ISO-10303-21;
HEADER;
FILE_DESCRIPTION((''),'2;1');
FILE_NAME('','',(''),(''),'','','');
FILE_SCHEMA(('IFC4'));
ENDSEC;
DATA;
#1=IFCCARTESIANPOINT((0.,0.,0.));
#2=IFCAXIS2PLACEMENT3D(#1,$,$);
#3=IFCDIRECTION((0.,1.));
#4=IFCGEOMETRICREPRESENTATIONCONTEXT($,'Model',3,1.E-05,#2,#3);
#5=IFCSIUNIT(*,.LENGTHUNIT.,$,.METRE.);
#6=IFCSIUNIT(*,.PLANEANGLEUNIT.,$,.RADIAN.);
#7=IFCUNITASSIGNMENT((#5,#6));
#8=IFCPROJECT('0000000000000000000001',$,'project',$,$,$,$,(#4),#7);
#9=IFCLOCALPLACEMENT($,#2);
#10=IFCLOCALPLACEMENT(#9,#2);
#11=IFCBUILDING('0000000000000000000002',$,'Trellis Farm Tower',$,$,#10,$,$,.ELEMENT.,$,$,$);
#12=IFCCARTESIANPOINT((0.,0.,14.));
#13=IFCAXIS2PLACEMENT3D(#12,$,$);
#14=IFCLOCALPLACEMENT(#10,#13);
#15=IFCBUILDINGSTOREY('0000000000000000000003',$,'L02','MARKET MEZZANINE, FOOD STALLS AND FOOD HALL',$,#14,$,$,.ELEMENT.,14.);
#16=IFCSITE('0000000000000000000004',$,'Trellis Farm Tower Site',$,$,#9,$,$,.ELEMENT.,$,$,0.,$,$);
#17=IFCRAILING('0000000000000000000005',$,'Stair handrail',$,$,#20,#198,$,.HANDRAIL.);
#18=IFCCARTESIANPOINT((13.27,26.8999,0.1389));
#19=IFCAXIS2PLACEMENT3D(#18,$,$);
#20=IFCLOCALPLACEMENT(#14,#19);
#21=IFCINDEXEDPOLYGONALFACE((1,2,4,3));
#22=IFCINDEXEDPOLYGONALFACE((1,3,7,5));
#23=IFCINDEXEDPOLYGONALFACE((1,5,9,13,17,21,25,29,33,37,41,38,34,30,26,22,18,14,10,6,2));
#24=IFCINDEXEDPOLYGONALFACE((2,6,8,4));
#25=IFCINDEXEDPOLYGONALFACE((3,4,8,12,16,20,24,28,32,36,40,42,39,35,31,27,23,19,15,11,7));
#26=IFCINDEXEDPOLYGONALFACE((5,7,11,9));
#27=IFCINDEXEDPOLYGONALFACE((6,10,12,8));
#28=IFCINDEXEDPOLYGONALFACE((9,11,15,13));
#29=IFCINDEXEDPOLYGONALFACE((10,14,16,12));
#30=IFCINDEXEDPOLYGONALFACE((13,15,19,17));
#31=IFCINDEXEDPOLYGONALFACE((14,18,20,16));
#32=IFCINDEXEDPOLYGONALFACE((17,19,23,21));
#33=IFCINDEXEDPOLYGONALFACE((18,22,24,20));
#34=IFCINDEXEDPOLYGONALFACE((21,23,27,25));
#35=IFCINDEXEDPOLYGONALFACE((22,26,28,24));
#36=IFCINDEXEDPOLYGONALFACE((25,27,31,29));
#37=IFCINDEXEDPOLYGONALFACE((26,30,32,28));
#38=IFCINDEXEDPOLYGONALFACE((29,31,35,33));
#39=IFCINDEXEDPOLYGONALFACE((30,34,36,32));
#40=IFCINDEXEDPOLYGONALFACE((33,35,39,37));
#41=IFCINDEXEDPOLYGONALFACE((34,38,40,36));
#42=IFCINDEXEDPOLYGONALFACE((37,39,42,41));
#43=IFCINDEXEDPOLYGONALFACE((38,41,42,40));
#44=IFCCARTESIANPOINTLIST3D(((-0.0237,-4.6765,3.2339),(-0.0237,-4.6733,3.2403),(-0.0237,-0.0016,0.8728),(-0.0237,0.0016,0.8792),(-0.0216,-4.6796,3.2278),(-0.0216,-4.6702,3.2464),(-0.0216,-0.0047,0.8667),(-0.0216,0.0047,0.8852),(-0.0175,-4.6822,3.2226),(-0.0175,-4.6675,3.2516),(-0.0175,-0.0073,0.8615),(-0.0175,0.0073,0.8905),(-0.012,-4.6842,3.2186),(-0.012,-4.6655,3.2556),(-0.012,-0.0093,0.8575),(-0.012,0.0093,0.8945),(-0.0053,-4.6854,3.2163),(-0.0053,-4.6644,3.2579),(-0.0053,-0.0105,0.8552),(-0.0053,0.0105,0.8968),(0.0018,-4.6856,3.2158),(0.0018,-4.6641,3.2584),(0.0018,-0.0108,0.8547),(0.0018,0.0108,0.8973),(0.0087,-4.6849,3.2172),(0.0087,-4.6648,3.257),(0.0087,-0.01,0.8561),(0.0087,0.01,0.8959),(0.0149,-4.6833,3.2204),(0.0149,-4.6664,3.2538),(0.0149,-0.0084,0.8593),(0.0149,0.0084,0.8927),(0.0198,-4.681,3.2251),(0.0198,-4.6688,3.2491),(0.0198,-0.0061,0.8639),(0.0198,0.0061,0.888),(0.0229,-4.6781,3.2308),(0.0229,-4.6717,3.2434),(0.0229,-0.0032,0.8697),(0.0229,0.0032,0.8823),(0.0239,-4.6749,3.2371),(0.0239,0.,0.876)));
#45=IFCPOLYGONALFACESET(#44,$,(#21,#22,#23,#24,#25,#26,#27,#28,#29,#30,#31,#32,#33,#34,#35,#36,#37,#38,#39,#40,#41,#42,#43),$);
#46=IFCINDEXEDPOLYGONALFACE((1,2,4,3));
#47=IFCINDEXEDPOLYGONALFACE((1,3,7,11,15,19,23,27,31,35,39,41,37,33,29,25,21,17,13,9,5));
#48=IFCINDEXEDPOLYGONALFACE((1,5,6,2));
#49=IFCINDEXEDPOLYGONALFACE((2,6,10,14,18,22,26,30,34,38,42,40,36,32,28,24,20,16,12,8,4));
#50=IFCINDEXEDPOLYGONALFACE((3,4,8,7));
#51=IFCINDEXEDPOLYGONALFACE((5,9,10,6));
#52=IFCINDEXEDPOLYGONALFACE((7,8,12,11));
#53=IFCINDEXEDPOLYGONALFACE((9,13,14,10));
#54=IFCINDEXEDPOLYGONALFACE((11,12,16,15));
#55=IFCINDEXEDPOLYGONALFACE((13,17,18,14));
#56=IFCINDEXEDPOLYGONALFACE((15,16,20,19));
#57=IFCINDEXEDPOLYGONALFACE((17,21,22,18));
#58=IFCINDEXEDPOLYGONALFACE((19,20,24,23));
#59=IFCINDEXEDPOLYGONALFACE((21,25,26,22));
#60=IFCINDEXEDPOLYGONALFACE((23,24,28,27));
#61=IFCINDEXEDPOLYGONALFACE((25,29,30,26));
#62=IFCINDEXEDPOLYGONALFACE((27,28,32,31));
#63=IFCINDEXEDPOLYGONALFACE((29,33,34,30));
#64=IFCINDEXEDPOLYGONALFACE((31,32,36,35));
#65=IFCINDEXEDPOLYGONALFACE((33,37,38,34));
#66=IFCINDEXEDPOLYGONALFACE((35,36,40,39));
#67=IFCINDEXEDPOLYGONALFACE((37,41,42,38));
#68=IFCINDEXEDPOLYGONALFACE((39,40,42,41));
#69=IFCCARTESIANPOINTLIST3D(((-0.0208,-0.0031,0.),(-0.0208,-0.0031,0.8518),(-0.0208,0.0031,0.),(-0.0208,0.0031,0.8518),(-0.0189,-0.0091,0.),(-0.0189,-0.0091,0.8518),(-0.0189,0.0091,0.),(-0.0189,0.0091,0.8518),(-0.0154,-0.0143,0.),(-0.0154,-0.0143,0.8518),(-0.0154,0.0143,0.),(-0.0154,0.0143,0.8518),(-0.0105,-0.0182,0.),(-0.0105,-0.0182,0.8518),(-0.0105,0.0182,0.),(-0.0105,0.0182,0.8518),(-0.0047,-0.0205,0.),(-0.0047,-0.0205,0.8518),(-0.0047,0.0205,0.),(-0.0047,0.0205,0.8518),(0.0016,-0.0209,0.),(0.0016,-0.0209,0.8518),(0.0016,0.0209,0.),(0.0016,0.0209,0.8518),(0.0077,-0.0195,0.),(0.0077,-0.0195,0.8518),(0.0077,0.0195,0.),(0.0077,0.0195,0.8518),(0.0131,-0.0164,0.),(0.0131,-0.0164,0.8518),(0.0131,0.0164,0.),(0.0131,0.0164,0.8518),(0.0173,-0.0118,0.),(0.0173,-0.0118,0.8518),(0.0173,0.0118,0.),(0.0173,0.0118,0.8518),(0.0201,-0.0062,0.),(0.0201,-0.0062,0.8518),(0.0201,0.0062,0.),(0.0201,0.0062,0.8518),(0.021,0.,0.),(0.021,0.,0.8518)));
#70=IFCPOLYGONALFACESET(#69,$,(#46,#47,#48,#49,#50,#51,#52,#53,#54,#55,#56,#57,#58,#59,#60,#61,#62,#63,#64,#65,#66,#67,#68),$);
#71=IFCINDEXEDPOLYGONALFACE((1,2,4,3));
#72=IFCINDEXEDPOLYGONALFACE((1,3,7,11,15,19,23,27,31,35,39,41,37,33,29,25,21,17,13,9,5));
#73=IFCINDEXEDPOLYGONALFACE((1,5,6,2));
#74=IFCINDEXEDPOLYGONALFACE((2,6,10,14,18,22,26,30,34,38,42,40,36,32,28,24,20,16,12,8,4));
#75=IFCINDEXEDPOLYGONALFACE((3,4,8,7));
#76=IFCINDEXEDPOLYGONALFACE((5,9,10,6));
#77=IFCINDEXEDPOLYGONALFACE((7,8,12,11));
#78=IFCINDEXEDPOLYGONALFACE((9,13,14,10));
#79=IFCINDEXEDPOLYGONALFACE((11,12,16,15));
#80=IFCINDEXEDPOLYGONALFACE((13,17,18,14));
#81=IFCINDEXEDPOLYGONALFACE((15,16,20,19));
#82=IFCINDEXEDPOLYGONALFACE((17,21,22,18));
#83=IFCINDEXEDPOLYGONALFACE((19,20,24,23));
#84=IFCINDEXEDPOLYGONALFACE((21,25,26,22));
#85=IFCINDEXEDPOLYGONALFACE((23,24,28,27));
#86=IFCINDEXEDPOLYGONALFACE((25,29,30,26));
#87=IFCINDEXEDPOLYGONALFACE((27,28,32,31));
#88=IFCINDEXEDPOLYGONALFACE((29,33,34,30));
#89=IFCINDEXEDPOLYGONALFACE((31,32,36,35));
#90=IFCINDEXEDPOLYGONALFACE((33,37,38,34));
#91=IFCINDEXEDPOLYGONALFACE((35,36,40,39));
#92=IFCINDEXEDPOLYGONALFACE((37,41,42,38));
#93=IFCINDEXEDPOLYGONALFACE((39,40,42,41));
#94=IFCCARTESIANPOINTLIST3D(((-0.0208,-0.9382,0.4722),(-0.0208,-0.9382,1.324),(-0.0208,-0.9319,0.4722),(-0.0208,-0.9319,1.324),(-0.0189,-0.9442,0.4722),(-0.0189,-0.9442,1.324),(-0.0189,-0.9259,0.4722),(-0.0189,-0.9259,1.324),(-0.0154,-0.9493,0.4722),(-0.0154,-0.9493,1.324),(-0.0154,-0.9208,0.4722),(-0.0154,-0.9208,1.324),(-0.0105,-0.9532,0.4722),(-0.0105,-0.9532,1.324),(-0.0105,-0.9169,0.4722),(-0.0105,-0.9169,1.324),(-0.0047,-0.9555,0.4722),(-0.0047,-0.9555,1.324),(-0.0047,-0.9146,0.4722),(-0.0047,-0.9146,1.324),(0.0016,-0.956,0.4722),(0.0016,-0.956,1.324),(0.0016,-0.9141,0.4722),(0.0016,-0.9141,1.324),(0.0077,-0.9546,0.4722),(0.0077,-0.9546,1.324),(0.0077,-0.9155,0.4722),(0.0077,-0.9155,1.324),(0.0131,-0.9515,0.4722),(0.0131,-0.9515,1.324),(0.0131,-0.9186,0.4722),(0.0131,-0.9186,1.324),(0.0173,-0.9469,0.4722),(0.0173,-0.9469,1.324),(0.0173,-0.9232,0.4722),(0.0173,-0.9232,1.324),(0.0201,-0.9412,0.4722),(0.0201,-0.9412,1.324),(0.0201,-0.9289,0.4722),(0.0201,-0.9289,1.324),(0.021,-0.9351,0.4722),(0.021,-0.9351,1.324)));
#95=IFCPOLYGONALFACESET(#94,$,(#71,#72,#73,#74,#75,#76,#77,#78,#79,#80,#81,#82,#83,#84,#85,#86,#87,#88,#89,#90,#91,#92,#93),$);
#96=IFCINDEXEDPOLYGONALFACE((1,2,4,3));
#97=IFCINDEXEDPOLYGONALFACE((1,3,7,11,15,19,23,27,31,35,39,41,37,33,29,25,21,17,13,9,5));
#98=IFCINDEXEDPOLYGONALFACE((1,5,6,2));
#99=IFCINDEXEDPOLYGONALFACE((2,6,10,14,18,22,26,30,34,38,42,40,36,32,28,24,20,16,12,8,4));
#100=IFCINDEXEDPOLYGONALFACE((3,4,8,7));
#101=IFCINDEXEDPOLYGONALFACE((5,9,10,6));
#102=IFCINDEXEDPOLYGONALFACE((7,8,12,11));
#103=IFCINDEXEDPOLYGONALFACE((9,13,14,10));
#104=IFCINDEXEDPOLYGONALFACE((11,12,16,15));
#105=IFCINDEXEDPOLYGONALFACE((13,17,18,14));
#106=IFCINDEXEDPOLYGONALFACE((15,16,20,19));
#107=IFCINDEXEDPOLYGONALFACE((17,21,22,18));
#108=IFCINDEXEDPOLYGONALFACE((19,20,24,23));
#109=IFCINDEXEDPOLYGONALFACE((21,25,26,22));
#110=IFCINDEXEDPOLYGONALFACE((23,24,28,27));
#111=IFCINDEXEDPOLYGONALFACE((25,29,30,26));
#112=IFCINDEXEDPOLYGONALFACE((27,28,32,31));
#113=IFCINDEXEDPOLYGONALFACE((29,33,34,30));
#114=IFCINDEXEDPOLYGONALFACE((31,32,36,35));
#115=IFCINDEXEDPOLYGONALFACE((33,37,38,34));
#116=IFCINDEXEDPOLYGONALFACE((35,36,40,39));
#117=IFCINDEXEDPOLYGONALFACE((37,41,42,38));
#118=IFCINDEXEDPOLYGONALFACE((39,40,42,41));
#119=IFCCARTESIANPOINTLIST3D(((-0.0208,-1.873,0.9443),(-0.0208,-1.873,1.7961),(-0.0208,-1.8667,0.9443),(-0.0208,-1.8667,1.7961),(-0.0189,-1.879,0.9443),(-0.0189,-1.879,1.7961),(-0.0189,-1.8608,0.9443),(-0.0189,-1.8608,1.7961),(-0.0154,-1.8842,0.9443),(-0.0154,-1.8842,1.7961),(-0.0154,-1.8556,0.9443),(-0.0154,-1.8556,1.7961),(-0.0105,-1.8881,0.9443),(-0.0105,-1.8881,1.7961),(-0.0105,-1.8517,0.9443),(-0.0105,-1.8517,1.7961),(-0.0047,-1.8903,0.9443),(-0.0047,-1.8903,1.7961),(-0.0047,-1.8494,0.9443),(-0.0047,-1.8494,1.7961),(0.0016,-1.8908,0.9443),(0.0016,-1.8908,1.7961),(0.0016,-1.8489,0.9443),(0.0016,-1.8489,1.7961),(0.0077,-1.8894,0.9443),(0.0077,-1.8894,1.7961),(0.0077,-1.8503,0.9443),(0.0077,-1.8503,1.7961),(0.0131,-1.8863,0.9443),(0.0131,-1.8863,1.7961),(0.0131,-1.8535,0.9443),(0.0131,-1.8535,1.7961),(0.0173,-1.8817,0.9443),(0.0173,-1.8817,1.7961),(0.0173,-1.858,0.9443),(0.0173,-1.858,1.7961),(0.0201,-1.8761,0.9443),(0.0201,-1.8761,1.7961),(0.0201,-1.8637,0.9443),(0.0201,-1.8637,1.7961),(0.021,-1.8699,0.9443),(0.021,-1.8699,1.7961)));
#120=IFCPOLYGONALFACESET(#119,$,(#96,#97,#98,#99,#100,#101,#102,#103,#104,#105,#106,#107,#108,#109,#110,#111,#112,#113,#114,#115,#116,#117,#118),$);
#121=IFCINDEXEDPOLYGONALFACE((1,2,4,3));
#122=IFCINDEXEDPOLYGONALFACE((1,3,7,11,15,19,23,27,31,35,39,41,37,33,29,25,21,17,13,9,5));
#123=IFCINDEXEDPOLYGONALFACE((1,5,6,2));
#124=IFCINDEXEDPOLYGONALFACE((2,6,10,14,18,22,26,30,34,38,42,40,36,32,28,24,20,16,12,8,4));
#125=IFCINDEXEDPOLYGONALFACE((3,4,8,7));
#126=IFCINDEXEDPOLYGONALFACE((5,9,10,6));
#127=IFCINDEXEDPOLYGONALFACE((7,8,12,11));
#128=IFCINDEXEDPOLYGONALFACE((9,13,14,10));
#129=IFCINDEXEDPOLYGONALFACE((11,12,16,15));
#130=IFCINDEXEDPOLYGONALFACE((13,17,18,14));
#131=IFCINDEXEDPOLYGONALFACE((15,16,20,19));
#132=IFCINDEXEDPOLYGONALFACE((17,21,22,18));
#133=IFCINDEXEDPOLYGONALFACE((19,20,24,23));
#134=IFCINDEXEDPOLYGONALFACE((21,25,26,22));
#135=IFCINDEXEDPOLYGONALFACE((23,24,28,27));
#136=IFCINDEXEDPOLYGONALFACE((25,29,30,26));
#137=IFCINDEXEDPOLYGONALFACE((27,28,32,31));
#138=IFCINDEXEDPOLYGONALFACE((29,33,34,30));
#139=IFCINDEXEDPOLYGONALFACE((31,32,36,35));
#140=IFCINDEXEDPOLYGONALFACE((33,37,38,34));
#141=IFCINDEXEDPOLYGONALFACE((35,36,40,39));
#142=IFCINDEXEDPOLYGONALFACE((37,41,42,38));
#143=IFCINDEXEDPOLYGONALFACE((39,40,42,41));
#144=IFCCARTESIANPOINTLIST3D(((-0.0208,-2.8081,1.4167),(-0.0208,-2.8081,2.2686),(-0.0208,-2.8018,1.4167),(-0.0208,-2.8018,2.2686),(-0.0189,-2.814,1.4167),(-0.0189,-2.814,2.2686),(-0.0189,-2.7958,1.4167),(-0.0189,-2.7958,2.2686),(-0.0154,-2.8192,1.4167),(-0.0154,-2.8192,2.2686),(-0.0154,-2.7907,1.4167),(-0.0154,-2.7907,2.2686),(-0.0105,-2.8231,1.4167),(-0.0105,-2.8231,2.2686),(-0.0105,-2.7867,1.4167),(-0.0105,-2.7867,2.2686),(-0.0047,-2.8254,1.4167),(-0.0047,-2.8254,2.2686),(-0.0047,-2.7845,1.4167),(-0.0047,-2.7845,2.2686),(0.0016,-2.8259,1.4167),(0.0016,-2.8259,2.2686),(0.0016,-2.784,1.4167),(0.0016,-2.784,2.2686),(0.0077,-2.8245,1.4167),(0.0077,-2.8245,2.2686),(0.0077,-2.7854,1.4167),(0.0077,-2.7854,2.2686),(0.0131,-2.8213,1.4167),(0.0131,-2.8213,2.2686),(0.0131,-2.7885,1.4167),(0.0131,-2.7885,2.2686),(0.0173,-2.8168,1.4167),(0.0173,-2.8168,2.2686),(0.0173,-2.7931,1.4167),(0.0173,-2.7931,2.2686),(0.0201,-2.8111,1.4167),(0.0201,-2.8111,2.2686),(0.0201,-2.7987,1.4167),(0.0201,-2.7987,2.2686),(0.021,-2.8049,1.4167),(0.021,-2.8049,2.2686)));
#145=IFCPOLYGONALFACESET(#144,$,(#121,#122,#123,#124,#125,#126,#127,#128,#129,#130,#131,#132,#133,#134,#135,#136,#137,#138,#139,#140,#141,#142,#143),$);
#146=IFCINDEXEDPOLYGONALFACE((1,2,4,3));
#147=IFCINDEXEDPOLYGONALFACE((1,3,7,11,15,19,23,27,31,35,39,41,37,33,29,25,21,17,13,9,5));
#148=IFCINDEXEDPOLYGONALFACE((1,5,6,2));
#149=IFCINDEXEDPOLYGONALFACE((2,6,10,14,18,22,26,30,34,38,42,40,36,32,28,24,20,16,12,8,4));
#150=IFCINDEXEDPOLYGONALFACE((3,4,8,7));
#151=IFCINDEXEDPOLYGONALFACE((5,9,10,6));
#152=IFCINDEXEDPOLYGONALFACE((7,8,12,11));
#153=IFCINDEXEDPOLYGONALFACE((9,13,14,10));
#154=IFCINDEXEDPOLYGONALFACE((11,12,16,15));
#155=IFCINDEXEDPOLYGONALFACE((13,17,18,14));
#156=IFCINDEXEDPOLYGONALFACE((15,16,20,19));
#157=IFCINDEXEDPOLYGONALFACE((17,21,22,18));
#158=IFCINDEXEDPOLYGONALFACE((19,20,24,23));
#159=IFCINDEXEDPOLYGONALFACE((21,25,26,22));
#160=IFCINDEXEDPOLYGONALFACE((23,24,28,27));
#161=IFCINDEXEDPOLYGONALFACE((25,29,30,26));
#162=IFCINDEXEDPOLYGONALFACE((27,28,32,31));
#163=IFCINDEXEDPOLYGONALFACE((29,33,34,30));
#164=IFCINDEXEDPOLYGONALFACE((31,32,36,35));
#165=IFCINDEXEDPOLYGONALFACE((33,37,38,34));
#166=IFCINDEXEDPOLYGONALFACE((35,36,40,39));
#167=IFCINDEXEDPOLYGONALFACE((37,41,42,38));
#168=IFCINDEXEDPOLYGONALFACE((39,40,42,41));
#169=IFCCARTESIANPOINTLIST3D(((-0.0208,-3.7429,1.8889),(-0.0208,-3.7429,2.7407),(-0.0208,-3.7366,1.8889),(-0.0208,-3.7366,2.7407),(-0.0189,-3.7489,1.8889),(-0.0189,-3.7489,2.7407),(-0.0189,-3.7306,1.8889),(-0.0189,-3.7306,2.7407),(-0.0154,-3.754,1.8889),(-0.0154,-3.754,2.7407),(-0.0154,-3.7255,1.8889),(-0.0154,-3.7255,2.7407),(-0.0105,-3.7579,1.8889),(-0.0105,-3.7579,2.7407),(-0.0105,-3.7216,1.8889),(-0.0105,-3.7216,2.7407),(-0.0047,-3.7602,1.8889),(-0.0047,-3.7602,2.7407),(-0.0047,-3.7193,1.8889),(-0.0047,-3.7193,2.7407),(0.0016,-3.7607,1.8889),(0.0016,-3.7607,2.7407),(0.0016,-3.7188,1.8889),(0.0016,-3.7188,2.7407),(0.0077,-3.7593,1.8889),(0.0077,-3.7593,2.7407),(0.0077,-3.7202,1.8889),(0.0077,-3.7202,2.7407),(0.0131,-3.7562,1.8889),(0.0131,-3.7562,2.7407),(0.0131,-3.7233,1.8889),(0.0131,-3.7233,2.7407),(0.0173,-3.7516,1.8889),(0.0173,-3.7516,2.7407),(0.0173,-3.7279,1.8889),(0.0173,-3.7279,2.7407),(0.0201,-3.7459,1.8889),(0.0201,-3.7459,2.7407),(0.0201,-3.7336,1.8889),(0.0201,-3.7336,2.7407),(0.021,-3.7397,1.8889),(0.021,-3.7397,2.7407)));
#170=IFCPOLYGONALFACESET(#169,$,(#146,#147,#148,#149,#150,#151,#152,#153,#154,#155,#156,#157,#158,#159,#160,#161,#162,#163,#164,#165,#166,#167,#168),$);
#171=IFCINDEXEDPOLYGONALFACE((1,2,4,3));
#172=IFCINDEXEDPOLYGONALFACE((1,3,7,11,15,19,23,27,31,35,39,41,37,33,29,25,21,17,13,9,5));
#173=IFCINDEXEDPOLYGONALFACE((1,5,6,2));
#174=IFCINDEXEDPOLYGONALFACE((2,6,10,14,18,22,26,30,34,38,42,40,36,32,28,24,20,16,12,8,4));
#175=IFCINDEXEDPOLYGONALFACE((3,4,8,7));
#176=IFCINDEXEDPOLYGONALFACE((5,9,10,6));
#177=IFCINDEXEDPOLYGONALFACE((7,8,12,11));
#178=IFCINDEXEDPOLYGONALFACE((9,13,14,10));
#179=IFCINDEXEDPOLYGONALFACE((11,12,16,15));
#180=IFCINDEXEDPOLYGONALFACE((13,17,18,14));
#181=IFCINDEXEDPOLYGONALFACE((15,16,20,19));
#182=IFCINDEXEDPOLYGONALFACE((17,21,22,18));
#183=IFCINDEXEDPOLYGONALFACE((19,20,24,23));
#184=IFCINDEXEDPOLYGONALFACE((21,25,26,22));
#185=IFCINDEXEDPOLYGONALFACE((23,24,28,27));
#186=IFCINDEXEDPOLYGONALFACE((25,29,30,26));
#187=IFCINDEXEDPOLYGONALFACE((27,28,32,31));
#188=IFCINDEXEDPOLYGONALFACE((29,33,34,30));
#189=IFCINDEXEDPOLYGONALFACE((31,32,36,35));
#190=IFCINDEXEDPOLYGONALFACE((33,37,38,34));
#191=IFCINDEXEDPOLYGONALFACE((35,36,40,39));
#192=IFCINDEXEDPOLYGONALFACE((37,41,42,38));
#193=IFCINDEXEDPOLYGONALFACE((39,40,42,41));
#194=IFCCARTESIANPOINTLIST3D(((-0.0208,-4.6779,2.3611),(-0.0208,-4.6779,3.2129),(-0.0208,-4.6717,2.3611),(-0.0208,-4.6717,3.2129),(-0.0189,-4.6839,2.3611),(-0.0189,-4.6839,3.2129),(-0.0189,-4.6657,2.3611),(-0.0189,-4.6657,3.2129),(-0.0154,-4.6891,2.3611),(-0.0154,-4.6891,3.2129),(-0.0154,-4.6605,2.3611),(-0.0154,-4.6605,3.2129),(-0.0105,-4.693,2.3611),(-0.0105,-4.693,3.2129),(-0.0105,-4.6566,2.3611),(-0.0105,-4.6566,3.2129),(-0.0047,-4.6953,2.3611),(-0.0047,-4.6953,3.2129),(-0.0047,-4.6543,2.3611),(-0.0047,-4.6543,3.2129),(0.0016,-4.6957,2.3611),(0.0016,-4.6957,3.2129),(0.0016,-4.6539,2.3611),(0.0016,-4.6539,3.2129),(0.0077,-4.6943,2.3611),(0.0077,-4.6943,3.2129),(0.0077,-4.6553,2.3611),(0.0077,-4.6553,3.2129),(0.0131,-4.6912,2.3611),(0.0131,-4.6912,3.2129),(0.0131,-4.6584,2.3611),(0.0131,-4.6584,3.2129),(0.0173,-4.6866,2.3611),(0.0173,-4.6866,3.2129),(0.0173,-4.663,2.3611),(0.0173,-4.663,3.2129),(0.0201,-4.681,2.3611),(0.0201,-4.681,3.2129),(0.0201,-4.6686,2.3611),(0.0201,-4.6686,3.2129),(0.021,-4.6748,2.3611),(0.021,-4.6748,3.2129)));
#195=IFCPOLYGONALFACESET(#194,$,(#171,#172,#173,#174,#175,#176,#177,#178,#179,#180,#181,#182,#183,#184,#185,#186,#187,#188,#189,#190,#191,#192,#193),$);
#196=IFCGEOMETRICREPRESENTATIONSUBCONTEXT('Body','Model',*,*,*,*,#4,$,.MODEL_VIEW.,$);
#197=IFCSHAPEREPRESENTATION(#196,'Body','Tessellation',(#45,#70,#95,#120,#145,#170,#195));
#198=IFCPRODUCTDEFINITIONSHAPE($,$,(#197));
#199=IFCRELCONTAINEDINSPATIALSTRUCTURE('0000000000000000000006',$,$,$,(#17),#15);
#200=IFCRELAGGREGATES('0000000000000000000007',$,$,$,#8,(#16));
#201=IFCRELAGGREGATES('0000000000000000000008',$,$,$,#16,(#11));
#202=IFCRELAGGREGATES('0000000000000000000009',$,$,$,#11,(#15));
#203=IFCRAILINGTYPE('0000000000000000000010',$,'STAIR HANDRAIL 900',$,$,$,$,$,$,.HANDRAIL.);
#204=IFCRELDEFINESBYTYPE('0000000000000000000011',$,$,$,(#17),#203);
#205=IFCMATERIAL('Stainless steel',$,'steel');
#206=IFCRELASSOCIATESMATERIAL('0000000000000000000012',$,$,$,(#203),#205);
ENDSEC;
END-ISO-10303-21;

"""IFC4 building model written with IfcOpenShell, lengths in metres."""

from ifc_helpers import new_model, si_unit, direction, frame, origin, origin_2d, place, context, subcontext, project, spatial, circle, extrude, source, transform, mapped, material, type_object, element, save


model = new_model("IFC4")

# Units and contexts
model_context = context("Model", 3, precision=1e-05, world=origin(), true_north=direction((0.0, 1.0)))
body_context = subcontext(model_context, "Body", "Model", "MODEL_VIEW")
ifc_project = project(units=[si_unit("LENGTHUNIT", "METRE"), si_unit("PLANEANGLEUNIT", "RADIAN")], contexts=[model_context])

# Site, building, storey
site_placement = place(None, origin())
site = spatial("IfcSite", under=ifc_project, at=site_placement, Name="Trellis Farm Tower Site", CompositionType="ELEMENT", RefElevation=0.0)
building_placement = place(site_placement, origin())
building = spatial("IfcBuilding", under=site, at=building_placement, Name="Trellis Farm Tower", CompositionType="ELEMENT")
storey_placement = place(building_placement, frame((0.0, 0.0, 14.0)))
storey = spatial("IfcBuildingStorey", under=building, at=storey_placement, Name="L02", Description="MARKET MEZZANINE, FOOD STALLS AND FOOD HALL", CompositionType="ELEMENT", Elevation=14.0)

# Railing
ifc_material_1 = material(Name="Stainless steel", Category="steel")
railing_type = type_object("IfcRailingType", Name="STAIR HANDRAIL 900", PredefinedType="HANDRAIL", material=ifc_material_1)
shared_shape_1 = source(origin(), body_context, "Body", "SweptSolid", [
    extrude(circle(Radius=0.0239, at=origin_2d()), frame((0.0, 0.0, 0.876), z_axis=(0.0, -0.892611, 0.450827), x_axis=(1.0, 0.0, 0.0)), (0.0, 0.0, 1.0), 5.2373),
    extrude(circle(Radius=0.021, at=origin_2d()), origin(), (0.0, 0.0, 1.0), 0.8518),
    extrude(circle(Radius=0.021, at=origin_2d()), frame((0.0, -0.9351, 0.4722)), (0.0, 0.0, 1.0), 0.8518),
    extrude(circle(Radius=0.021, at=origin_2d()), frame((0.0, -1.8699, 0.9443)), (0.0, 0.0, 1.0), 0.8518),
    extrude(circle(Radius=0.021, at=origin_2d()), frame((0.0, -2.8049, 1.4167)), (0.0, 0.0, 1.0), 0.8518),
    extrude(circle(Radius=0.021, at=origin_2d()), frame((0.0, -3.7397, 1.8889)), (0.0, 0.0, 1.0), 0.8518),
    extrude(circle(Radius=0.021, at=origin_2d()), frame((0.0, -4.6748, 2.3611)), (0.0, 0.0, 1.0), 0.8518),
])
for number, where, name in (
    (1, (13.27, 26.8999, 0.1389), "Stair handrail"),
):
    element("IfcRailing", number, at=place(storey_placement, frame(where)), inside=storey, type_object=railing_type, Name=name, PredefinedType="HANDRAIL", context=body_context, shape_type="MappedRepresentation", body=[
        mapped(shared_shape_1, transform((0.0, 0.0, 0.0))),
    ])

save(model, "model.ifc")
